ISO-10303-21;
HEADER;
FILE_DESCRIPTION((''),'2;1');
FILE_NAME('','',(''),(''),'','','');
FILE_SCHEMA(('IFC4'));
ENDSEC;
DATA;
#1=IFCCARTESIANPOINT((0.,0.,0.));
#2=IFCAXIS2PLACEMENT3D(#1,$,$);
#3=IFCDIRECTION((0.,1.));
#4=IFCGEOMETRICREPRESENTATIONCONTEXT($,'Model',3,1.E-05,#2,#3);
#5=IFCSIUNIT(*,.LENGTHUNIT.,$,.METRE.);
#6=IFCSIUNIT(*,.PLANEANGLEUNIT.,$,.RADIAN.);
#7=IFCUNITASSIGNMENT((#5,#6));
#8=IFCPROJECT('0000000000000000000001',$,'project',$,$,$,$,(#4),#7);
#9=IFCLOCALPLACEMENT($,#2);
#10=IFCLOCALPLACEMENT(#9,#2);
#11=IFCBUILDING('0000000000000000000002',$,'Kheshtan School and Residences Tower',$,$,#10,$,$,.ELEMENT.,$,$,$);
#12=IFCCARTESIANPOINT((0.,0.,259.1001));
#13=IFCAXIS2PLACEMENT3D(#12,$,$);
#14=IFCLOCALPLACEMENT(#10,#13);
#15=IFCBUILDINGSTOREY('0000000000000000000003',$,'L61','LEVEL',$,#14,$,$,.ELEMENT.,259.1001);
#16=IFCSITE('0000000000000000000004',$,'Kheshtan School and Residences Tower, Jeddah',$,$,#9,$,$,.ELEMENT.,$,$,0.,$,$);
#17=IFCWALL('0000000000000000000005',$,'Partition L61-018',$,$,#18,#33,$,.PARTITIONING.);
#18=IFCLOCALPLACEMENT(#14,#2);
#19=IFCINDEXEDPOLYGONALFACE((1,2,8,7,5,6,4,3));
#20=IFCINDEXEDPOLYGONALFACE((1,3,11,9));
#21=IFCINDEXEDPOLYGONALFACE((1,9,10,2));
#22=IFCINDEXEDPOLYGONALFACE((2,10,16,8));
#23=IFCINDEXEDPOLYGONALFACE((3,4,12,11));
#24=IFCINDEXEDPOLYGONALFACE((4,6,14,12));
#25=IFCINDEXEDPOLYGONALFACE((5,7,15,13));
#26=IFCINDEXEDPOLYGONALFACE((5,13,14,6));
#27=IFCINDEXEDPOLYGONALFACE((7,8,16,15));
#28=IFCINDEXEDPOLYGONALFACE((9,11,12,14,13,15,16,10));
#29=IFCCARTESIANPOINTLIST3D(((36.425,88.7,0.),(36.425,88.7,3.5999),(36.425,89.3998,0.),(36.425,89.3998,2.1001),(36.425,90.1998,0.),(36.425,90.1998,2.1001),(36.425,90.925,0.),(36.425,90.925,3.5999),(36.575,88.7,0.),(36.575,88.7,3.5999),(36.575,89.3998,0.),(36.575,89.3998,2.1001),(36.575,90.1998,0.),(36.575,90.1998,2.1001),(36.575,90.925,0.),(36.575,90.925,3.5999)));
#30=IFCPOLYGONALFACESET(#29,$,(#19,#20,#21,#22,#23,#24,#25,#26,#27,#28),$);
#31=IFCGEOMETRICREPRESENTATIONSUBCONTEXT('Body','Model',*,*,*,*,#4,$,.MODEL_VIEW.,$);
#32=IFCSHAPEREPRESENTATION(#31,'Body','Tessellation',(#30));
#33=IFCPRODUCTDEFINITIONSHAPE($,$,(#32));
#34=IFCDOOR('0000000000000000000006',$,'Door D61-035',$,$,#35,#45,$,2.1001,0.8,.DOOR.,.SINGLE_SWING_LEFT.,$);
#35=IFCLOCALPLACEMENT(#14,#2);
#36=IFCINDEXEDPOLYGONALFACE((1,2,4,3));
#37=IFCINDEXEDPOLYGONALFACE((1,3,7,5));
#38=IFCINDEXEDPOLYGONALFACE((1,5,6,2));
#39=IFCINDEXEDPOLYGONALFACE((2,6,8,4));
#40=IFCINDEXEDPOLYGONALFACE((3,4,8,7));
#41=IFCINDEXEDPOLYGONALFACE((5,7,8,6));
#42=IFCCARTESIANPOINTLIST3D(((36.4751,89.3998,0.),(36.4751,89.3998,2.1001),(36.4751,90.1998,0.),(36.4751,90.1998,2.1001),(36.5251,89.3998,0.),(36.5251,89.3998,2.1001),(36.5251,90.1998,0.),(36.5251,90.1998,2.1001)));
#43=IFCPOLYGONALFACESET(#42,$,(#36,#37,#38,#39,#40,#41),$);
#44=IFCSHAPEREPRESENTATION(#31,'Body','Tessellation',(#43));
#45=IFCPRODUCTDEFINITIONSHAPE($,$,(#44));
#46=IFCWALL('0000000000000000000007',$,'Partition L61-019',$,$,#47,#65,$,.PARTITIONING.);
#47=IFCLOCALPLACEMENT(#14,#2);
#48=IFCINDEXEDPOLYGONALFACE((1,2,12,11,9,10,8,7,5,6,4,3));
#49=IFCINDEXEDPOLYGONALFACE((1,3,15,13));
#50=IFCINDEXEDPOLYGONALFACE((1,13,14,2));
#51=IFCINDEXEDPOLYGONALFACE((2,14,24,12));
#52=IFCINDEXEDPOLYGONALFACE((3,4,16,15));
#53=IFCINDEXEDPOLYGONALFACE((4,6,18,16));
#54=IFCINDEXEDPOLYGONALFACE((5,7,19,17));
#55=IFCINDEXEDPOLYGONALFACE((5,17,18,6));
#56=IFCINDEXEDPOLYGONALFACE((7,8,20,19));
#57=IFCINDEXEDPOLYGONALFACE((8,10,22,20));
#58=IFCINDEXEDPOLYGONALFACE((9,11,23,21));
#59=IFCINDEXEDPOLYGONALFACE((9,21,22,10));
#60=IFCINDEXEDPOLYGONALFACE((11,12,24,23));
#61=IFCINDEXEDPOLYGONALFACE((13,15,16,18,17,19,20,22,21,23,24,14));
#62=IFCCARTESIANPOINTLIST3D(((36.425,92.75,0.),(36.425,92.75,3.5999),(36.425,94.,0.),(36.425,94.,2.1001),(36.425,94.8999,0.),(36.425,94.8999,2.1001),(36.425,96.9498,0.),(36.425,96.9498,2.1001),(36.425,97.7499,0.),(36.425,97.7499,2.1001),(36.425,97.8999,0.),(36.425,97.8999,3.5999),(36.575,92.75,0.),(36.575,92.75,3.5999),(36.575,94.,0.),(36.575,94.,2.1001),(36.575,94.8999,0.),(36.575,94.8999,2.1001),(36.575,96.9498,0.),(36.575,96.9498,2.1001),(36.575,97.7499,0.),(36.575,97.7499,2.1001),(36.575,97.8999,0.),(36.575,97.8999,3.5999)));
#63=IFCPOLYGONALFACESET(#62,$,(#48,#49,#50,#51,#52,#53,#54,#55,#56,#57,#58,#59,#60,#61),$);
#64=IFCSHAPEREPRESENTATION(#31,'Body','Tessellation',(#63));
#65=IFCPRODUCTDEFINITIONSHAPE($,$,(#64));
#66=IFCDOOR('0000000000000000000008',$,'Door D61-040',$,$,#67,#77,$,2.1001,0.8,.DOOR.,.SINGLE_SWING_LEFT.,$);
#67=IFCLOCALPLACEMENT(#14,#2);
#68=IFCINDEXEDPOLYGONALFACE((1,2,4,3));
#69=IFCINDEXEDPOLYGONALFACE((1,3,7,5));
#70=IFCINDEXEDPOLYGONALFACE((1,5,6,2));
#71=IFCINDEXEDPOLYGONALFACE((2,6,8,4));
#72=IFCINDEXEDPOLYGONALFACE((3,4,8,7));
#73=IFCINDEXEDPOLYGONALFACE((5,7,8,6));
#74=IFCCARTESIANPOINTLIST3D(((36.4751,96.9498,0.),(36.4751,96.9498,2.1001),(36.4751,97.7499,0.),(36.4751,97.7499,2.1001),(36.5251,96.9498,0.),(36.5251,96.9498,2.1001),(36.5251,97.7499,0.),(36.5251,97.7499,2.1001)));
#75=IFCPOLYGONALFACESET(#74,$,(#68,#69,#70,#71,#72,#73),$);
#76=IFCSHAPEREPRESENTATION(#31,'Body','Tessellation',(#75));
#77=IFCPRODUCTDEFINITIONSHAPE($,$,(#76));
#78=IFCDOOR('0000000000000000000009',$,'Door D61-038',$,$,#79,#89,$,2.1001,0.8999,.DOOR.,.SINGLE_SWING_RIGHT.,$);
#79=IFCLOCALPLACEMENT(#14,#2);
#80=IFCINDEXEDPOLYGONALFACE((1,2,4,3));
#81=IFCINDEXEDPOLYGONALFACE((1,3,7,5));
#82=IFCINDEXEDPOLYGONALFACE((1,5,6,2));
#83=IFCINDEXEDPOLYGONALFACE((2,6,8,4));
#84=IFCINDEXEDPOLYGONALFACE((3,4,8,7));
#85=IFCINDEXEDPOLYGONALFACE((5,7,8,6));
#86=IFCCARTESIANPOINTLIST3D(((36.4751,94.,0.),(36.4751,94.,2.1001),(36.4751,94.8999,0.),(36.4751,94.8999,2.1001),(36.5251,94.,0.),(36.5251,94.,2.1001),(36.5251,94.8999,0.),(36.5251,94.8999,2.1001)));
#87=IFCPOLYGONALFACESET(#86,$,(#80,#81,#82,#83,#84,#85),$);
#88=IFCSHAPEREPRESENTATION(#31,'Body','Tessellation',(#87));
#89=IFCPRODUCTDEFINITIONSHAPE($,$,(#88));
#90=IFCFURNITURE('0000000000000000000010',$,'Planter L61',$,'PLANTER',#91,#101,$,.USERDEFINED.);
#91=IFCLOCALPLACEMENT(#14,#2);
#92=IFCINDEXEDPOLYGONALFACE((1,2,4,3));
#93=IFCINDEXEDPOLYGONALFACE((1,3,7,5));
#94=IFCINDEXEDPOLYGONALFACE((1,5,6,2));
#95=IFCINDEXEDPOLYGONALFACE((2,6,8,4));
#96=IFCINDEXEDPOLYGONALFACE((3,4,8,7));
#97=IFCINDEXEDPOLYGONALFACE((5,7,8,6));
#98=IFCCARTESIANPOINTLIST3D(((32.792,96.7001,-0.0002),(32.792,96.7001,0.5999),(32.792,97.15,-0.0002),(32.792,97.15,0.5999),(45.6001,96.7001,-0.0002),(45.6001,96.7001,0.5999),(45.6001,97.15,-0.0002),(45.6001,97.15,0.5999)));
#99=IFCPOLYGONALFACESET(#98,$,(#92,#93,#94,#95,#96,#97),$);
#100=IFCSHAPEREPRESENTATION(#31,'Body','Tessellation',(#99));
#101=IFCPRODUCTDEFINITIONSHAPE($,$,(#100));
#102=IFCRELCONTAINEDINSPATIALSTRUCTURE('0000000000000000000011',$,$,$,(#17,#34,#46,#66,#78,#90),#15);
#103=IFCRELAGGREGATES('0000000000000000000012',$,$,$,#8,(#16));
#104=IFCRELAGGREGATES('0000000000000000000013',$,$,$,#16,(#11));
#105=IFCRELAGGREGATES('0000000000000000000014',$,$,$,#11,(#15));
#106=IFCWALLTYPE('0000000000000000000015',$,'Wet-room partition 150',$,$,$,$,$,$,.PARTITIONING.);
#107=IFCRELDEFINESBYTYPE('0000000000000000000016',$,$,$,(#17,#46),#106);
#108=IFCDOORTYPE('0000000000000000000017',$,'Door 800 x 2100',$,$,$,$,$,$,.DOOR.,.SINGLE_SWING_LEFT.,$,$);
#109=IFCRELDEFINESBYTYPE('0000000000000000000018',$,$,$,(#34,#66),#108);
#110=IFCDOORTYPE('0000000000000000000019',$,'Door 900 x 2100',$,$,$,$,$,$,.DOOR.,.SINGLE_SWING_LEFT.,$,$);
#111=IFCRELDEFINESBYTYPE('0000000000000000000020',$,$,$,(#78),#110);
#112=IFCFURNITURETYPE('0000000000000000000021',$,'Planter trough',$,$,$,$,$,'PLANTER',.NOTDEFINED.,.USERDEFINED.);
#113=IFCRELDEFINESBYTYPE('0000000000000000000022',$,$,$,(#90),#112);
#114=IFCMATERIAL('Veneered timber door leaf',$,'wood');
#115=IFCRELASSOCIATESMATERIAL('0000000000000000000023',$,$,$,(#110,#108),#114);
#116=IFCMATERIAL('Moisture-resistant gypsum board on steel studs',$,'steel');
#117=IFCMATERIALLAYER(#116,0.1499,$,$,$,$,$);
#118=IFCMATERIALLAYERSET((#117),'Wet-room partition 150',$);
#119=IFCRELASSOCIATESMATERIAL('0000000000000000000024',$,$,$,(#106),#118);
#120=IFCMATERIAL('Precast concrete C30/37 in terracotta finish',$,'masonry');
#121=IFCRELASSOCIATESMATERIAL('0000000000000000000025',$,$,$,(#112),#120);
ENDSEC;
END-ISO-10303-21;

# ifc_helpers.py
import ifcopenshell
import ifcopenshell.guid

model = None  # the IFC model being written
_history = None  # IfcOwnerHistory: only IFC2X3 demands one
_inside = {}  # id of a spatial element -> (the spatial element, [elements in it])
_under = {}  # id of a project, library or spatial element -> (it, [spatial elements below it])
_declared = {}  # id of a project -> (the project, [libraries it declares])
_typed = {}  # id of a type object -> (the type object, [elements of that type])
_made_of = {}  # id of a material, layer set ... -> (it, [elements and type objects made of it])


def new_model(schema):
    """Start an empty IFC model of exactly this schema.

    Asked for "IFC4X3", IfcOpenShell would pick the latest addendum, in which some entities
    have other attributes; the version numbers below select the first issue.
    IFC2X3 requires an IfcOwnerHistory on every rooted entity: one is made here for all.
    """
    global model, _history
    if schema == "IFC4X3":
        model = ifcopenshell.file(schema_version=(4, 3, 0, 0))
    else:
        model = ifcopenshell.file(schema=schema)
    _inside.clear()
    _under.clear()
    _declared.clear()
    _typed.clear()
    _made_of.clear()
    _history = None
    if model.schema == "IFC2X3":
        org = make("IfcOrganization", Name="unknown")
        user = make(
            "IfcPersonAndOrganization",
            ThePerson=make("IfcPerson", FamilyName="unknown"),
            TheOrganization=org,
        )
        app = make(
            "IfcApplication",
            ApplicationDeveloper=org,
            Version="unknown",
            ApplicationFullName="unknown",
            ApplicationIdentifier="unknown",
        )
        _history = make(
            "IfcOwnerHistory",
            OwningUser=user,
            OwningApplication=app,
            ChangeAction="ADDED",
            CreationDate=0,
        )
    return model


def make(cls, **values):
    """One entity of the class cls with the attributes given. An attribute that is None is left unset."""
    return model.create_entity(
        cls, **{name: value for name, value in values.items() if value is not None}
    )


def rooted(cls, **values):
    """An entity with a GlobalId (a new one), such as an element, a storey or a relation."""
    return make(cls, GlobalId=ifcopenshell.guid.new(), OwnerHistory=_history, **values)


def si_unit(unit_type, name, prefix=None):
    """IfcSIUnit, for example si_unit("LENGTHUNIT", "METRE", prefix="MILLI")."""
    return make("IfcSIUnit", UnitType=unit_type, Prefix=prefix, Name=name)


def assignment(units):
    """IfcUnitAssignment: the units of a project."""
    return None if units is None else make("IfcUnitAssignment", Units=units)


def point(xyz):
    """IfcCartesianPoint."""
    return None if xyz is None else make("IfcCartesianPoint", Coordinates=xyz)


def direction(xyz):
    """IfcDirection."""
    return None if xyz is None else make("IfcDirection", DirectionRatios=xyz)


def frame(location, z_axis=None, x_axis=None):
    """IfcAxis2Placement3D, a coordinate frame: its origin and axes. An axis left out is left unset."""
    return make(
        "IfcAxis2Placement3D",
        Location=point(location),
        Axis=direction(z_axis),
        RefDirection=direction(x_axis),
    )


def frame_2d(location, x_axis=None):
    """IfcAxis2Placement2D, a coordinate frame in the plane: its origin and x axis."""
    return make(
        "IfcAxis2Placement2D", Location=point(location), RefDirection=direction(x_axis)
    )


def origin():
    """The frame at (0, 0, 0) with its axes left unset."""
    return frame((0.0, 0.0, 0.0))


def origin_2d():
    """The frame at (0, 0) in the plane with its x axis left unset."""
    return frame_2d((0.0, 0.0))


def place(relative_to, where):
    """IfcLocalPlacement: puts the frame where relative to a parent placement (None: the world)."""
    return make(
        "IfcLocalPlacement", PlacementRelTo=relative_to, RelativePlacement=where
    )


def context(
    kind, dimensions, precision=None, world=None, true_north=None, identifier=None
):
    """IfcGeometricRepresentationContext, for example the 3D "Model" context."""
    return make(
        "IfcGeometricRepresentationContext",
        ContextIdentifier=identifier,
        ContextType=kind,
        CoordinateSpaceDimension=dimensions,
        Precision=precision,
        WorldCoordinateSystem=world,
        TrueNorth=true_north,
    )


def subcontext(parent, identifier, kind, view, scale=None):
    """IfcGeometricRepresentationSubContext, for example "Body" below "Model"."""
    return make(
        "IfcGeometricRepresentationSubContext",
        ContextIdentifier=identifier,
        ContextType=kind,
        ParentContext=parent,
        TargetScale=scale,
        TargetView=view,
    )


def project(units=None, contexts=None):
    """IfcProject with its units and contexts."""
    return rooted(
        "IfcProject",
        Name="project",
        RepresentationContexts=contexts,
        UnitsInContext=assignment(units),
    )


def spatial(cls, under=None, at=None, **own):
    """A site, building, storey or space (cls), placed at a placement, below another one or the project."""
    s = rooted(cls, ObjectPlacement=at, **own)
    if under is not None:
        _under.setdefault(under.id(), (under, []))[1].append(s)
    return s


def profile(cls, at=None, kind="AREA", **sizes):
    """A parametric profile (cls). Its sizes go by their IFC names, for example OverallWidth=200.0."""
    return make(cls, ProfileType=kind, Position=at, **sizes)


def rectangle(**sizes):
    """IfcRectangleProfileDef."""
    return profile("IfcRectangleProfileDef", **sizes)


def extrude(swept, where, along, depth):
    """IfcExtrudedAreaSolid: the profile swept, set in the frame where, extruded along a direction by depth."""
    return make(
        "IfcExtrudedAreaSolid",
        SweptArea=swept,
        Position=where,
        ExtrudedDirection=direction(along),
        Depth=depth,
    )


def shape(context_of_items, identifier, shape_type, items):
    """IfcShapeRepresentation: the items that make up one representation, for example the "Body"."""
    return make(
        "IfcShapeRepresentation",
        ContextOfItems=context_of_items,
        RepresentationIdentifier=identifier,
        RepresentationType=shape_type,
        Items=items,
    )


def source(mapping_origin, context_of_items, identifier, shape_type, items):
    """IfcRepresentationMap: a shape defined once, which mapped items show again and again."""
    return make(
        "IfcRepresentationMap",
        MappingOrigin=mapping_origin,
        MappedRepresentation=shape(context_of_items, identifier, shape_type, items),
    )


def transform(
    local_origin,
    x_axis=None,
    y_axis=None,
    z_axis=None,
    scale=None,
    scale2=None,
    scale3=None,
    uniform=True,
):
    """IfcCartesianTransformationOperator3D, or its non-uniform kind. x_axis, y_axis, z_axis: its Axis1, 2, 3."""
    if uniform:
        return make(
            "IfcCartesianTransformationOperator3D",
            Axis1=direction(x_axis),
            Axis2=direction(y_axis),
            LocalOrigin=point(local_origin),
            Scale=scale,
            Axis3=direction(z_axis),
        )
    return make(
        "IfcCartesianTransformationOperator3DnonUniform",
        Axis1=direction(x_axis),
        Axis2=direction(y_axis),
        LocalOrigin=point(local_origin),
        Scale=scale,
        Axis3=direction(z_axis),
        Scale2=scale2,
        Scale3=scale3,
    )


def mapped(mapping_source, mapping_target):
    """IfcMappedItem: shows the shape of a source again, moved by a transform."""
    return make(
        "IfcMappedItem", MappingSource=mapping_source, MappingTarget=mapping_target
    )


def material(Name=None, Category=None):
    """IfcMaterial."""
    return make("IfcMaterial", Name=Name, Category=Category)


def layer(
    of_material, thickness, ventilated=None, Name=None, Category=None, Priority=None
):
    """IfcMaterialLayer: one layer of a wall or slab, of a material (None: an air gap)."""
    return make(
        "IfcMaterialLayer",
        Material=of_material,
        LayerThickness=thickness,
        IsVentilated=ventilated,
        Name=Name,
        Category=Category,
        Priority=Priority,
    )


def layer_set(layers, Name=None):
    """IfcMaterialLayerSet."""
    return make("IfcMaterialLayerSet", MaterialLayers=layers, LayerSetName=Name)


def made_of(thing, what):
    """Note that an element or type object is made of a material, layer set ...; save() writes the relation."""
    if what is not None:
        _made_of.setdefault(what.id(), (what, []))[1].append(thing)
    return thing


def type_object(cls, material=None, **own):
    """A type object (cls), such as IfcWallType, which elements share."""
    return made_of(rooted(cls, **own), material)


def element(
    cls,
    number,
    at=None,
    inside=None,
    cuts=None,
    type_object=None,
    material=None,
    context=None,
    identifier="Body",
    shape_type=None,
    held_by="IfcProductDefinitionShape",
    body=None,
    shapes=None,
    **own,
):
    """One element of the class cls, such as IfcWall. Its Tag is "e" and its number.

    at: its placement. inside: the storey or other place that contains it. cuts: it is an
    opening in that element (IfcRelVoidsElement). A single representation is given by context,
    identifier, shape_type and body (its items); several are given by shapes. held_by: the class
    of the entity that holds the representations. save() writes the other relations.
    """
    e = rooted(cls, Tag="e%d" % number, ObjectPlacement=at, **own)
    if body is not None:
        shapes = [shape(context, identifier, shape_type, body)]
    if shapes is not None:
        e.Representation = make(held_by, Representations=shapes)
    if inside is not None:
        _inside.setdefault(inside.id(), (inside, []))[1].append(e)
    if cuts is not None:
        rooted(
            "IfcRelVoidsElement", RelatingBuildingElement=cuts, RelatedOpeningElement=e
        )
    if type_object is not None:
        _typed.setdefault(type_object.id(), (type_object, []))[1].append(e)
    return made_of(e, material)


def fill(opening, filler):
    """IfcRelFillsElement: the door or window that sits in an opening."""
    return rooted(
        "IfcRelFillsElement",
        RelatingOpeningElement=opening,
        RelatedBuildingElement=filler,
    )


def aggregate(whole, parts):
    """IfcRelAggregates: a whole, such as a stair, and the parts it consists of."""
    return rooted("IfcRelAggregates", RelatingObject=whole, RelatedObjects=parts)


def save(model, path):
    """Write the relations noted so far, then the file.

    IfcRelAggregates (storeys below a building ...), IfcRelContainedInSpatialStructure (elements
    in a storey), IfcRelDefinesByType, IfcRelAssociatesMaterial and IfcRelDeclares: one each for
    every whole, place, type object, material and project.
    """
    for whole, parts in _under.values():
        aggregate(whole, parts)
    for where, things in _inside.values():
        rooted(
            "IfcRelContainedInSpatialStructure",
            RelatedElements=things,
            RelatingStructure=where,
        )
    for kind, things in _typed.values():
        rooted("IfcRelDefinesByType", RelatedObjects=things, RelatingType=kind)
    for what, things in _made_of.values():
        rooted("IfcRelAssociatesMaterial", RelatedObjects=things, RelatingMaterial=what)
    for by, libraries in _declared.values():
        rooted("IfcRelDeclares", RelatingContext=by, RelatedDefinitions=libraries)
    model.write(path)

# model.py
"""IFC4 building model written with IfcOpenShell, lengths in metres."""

from ifc_helpers import new_model, si_unit, direction, frame, frame_2d, origin, origin_2d, place, context, subcontext, project, spatial, rectangle, extrude, source, transform, mapped, material, layer, layer_set, type_object, element, fill, save


model = new_model("IFC4")

# Units and contexts
model_context = context("Model", 3, precision=1e-05, world=origin(), true_north=direction((0.0, 1.0)))
body_context = subcontext(model_context, "Body", "Model", "MODEL_VIEW")
ifc_project = project(units=[si_unit("LENGTHUNIT", "METRE"), si_unit("PLANEANGLEUNIT", "RADIAN")], contexts=[model_context])

# Site, building, storey
site_placement = place(None, origin())
site = spatial("IfcSite", under=ifc_project, at=site_placement, Name="Kheshtan School and Residences Tower, Jeddah", CompositionType="ELEMENT", RefElevation=0.0)
building_placement = place(site_placement, origin())
building = spatial("IfcBuilding", under=site, at=building_placement, Name="Kheshtan School and Residences Tower", CompositionType="ELEMENT")
storey_placement = place(building_placement, frame((0.0, 0.0, 259.1001)))
storey = spatial("IfcBuildingStorey", under=building, at=storey_placement, Name="L61", Description="LEVEL", CompositionType="ELEMENT", Elevation=259.1001)

# Shared definitions
ifc_material_1 = material(Name="Veneered timber door leaf", Category="wood")
door_type_1 = type_object("IfcDoorType", Name="Door 900 x 2100", OperationType="SINGLE_SWING_LEFT", PredefinedType="DOOR", material=ifc_material_1)
shared_shape_1 = source(origin(), body_context, "Body", "SweptSolid", [
    extrude(rectangle(XDim=0.8999, YDim=2.1001, at=frame_2d((0.45, 1.05))), frame((0.0, 0.0249, 0.0), z_axis=(0.0, -1.0, 0.0), x_axis=(1.0, 0.0, 0.0)), (0.0, 0.0, 1.0), 0.05),
])

# Shared definitions
ifc_material_2 = material(Name="Moisture-resistant gypsum board on steel studs", Category="steel")
ifc_layer_1 = layer(ifc_material_2, 0.1499)
ifc_layer_set_1 = layer_set([ifc_layer_1], Name="Wet-room partition 150")
wall_type_1 = type_object("IfcWallType", Name="Wet-room partition 150", PredefinedType="PARTITIONING", material=ifc_layer_set_1)

# Wall, opening, door
wall_1_placement = place(storey_placement, frame((36.5, 88.7, 0.0), z_axis=(0.0, 0.0, 1.0), x_axis=(0.0, 1.0, 0.0)))
wall_1 = element("IfcWall", 1, at=wall_1_placement, inside=storey, type_object=wall_type_1, Name="Partition L61-018", PredefinedType="PARTITIONING", context=body_context, shape_type="SweptSolid", body=[
    extrude(rectangle(XDim=2.2251, YDim=0.1499, at=frame_2d((1.1125, 0.0))), origin(), (0.0, 0.0, 1.0), 3.5999),
])
opening_1_placement = place(wall_1_placement, frame((0.7, 0.0, 0.0)))
opening_1 = element("IfcOpeningElement", 2, at=opening_1_placement, cuts=wall_1, PredefinedType="OPENING", context=body_context, shape_type="SweptSolid", body=[
    extrude(rectangle(XDim=0.8, YDim=2.1001, at=frame_2d((0.3999, 1.05))), frame((0.0, 0.085, 0.0), z_axis=(0.0, -1.0, 0.0), x_axis=(1.0, 0.0, 0.0)), (0.0, 0.0, 1.0), 0.1699),
])
door_type_2 = type_object("IfcDoorType", Name="Door 800 x 2100", OperationType="SINGLE_SWING_LEFT", PredefinedType="DOOR", material=ifc_material_1)
shared_shape_2 = source(origin(), body_context, "Body", "SweptSolid", [
    extrude(rectangle(XDim=0.8, YDim=2.1001, at=frame_2d((0.3999, 1.05))), frame((0.0, 0.0249, 0.0), z_axis=(0.0, -1.0, 0.0), x_axis=(1.0, 0.0, 0.0)), (0.0, 0.0, 1.0), 0.05),
])
door_1_placement = place(opening_1_placement, origin())
door_1 = element("IfcDoor", 3, at=door_1_placement, inside=storey, type_object=door_type_2, Name="Door D61-035", OperationType="SINGLE_SWING_LEFT", OverallHeight=2.1001, OverallWidth=0.8, PredefinedType="DOOR", context=body_context, shape_type="MappedRepresentation", body=[
    mapped(shared_shape_2, transform((0.0, 0.0, 0.0), x_axis=(1.0, 0.0, 0.0), y_axis=(0.0, 1.0, 0.0), z_axis=(0.0, 0.0, 1.0), scale=1.0)),
])
fill(opening_1, door_1)

# Wall, openings, doors
wall_2_placement = place(storey_placement, frame((36.5, 92.75, 0.0), z_axis=(0.0, 0.0, 1.0), x_axis=(0.0, 1.0, 0.0)))
wall_2 = element("IfcWall", 4, at=wall_2_placement, inside=storey, type_object=wall_type_1, Name="Partition L61-019", PredefinedType="PARTITIONING", context=body_context, shape_type="SweptSolid", body=[
    extrude(rectangle(XDim=5.1499, YDim=0.1499, at=frame_2d((2.575, 0.0))), origin(), (0.0, 0.0, 1.0), 3.5999),
])
opening_2_placement = place(wall_2_placement, frame((1.25, 0.0, 0.0)))
opening_2 = element("IfcOpeningElement", 5, at=opening_2_placement, cuts=wall_2, PredefinedType="OPENING", context=body_context, shape_type="SweptSolid", body=[
    extrude(rectangle(XDim=0.8999, YDim=2.1001, at=frame_2d((0.45, 1.05))), frame((0.0, 0.085, 0.0), z_axis=(0.0, -1.0, 0.0), x_axis=(1.0, 0.0, 0.0)), (0.0, 0.0, 1.0), 0.1699),
])
opening_3_placement = place(wall_2_placement, frame((4.2, 0.0, 0.0)))
opening_3 = element("IfcOpeningElement", 6, at=opening_3_placement, cuts=wall_2, PredefinedType="OPENING", context=body_context, shape_type="SweptSolid", body=[
    extrude(rectangle(XDim=0.8, YDim=2.1001, at=frame_2d((0.3999, 1.05))), frame((0.0, 0.085, 0.0), z_axis=(0.0, -1.0, 0.0), x_axis=(1.0, 0.0, 0.0)), (0.0, 0.0, 1.0), 0.1699),
])
door_2_placement = place(opening_3_placement, origin())
door_2 = element("IfcDoor", 7, at=door_2_placement, inside=storey, type_object=door_type_2, Name="Door D61-040", OperationType="SINGLE_SWING_LEFT", OverallHeight=2.1001, OverallWidth=0.8, PredefinedType="DOOR", context=body_context, shape_type="MappedRepresentation", body=[
    mapped(shared_shape_2, transform((0.0, 0.0, 0.0), x_axis=(1.0, 0.0, 0.0), y_axis=(0.0, 1.0, 0.0), z_axis=(0.0, 0.0, 1.0), scale=1.0)),
])
fill(opening_3, door_2)
door_3_placement = place(opening_2_placement, origin())
door_3 = element("IfcDoor", 8, at=door_3_placement, inside=storey, type_object=door_type_1, Name="Door D61-038", OperationType="SINGLE_SWING_RIGHT", OverallHeight=2.1001, OverallWidth=0.8999, PredefinedType="DOOR", context=body_context, shape_type="MappedRepresentation", body=[
    mapped(shared_shape_1, transform((0.0, 0.0, 0.0), x_axis=(1.0, 0.0, 0.0), y_axis=(0.0, 1.0, 0.0), z_axis=(0.0, 0.0, 1.0), scale=1.0)),
])
fill(opening_2, door_3)

# Furniture
ifc_material_3 = material(Name="Precast concrete C30/37 in terracotta finish", Category="masonry")
furniture_type = type_object("IfcFurnitureType", Name="Planter trough", ElementType="PLANTER", AssemblyPlace="NOTDEFINED", PredefinedType="USERDEFINED", material=ifc_material_3)
furniture_placement = place(storey_placement, frame((39.196, 96.925, -0.0002), z_axis=(0.0, 0.0, 1.0), x_axis=(1.0, 0.0, 0.0)))
element("IfcFurniture", 9, at=furniture_placement, inside=storey, type_object=furniture_type, Name="Planter L61", ObjectType="PLANTER", PredefinedType="USERDEFINED", context=body_context, shape_type="SweptSolid", body=[
    extrude(rectangle(XDim=12.8081, YDim=0.45, at=origin_2d()), origin(), (0.0, 0.0, 1.0), 0.6001),
])

save(model, "model.ifc")
